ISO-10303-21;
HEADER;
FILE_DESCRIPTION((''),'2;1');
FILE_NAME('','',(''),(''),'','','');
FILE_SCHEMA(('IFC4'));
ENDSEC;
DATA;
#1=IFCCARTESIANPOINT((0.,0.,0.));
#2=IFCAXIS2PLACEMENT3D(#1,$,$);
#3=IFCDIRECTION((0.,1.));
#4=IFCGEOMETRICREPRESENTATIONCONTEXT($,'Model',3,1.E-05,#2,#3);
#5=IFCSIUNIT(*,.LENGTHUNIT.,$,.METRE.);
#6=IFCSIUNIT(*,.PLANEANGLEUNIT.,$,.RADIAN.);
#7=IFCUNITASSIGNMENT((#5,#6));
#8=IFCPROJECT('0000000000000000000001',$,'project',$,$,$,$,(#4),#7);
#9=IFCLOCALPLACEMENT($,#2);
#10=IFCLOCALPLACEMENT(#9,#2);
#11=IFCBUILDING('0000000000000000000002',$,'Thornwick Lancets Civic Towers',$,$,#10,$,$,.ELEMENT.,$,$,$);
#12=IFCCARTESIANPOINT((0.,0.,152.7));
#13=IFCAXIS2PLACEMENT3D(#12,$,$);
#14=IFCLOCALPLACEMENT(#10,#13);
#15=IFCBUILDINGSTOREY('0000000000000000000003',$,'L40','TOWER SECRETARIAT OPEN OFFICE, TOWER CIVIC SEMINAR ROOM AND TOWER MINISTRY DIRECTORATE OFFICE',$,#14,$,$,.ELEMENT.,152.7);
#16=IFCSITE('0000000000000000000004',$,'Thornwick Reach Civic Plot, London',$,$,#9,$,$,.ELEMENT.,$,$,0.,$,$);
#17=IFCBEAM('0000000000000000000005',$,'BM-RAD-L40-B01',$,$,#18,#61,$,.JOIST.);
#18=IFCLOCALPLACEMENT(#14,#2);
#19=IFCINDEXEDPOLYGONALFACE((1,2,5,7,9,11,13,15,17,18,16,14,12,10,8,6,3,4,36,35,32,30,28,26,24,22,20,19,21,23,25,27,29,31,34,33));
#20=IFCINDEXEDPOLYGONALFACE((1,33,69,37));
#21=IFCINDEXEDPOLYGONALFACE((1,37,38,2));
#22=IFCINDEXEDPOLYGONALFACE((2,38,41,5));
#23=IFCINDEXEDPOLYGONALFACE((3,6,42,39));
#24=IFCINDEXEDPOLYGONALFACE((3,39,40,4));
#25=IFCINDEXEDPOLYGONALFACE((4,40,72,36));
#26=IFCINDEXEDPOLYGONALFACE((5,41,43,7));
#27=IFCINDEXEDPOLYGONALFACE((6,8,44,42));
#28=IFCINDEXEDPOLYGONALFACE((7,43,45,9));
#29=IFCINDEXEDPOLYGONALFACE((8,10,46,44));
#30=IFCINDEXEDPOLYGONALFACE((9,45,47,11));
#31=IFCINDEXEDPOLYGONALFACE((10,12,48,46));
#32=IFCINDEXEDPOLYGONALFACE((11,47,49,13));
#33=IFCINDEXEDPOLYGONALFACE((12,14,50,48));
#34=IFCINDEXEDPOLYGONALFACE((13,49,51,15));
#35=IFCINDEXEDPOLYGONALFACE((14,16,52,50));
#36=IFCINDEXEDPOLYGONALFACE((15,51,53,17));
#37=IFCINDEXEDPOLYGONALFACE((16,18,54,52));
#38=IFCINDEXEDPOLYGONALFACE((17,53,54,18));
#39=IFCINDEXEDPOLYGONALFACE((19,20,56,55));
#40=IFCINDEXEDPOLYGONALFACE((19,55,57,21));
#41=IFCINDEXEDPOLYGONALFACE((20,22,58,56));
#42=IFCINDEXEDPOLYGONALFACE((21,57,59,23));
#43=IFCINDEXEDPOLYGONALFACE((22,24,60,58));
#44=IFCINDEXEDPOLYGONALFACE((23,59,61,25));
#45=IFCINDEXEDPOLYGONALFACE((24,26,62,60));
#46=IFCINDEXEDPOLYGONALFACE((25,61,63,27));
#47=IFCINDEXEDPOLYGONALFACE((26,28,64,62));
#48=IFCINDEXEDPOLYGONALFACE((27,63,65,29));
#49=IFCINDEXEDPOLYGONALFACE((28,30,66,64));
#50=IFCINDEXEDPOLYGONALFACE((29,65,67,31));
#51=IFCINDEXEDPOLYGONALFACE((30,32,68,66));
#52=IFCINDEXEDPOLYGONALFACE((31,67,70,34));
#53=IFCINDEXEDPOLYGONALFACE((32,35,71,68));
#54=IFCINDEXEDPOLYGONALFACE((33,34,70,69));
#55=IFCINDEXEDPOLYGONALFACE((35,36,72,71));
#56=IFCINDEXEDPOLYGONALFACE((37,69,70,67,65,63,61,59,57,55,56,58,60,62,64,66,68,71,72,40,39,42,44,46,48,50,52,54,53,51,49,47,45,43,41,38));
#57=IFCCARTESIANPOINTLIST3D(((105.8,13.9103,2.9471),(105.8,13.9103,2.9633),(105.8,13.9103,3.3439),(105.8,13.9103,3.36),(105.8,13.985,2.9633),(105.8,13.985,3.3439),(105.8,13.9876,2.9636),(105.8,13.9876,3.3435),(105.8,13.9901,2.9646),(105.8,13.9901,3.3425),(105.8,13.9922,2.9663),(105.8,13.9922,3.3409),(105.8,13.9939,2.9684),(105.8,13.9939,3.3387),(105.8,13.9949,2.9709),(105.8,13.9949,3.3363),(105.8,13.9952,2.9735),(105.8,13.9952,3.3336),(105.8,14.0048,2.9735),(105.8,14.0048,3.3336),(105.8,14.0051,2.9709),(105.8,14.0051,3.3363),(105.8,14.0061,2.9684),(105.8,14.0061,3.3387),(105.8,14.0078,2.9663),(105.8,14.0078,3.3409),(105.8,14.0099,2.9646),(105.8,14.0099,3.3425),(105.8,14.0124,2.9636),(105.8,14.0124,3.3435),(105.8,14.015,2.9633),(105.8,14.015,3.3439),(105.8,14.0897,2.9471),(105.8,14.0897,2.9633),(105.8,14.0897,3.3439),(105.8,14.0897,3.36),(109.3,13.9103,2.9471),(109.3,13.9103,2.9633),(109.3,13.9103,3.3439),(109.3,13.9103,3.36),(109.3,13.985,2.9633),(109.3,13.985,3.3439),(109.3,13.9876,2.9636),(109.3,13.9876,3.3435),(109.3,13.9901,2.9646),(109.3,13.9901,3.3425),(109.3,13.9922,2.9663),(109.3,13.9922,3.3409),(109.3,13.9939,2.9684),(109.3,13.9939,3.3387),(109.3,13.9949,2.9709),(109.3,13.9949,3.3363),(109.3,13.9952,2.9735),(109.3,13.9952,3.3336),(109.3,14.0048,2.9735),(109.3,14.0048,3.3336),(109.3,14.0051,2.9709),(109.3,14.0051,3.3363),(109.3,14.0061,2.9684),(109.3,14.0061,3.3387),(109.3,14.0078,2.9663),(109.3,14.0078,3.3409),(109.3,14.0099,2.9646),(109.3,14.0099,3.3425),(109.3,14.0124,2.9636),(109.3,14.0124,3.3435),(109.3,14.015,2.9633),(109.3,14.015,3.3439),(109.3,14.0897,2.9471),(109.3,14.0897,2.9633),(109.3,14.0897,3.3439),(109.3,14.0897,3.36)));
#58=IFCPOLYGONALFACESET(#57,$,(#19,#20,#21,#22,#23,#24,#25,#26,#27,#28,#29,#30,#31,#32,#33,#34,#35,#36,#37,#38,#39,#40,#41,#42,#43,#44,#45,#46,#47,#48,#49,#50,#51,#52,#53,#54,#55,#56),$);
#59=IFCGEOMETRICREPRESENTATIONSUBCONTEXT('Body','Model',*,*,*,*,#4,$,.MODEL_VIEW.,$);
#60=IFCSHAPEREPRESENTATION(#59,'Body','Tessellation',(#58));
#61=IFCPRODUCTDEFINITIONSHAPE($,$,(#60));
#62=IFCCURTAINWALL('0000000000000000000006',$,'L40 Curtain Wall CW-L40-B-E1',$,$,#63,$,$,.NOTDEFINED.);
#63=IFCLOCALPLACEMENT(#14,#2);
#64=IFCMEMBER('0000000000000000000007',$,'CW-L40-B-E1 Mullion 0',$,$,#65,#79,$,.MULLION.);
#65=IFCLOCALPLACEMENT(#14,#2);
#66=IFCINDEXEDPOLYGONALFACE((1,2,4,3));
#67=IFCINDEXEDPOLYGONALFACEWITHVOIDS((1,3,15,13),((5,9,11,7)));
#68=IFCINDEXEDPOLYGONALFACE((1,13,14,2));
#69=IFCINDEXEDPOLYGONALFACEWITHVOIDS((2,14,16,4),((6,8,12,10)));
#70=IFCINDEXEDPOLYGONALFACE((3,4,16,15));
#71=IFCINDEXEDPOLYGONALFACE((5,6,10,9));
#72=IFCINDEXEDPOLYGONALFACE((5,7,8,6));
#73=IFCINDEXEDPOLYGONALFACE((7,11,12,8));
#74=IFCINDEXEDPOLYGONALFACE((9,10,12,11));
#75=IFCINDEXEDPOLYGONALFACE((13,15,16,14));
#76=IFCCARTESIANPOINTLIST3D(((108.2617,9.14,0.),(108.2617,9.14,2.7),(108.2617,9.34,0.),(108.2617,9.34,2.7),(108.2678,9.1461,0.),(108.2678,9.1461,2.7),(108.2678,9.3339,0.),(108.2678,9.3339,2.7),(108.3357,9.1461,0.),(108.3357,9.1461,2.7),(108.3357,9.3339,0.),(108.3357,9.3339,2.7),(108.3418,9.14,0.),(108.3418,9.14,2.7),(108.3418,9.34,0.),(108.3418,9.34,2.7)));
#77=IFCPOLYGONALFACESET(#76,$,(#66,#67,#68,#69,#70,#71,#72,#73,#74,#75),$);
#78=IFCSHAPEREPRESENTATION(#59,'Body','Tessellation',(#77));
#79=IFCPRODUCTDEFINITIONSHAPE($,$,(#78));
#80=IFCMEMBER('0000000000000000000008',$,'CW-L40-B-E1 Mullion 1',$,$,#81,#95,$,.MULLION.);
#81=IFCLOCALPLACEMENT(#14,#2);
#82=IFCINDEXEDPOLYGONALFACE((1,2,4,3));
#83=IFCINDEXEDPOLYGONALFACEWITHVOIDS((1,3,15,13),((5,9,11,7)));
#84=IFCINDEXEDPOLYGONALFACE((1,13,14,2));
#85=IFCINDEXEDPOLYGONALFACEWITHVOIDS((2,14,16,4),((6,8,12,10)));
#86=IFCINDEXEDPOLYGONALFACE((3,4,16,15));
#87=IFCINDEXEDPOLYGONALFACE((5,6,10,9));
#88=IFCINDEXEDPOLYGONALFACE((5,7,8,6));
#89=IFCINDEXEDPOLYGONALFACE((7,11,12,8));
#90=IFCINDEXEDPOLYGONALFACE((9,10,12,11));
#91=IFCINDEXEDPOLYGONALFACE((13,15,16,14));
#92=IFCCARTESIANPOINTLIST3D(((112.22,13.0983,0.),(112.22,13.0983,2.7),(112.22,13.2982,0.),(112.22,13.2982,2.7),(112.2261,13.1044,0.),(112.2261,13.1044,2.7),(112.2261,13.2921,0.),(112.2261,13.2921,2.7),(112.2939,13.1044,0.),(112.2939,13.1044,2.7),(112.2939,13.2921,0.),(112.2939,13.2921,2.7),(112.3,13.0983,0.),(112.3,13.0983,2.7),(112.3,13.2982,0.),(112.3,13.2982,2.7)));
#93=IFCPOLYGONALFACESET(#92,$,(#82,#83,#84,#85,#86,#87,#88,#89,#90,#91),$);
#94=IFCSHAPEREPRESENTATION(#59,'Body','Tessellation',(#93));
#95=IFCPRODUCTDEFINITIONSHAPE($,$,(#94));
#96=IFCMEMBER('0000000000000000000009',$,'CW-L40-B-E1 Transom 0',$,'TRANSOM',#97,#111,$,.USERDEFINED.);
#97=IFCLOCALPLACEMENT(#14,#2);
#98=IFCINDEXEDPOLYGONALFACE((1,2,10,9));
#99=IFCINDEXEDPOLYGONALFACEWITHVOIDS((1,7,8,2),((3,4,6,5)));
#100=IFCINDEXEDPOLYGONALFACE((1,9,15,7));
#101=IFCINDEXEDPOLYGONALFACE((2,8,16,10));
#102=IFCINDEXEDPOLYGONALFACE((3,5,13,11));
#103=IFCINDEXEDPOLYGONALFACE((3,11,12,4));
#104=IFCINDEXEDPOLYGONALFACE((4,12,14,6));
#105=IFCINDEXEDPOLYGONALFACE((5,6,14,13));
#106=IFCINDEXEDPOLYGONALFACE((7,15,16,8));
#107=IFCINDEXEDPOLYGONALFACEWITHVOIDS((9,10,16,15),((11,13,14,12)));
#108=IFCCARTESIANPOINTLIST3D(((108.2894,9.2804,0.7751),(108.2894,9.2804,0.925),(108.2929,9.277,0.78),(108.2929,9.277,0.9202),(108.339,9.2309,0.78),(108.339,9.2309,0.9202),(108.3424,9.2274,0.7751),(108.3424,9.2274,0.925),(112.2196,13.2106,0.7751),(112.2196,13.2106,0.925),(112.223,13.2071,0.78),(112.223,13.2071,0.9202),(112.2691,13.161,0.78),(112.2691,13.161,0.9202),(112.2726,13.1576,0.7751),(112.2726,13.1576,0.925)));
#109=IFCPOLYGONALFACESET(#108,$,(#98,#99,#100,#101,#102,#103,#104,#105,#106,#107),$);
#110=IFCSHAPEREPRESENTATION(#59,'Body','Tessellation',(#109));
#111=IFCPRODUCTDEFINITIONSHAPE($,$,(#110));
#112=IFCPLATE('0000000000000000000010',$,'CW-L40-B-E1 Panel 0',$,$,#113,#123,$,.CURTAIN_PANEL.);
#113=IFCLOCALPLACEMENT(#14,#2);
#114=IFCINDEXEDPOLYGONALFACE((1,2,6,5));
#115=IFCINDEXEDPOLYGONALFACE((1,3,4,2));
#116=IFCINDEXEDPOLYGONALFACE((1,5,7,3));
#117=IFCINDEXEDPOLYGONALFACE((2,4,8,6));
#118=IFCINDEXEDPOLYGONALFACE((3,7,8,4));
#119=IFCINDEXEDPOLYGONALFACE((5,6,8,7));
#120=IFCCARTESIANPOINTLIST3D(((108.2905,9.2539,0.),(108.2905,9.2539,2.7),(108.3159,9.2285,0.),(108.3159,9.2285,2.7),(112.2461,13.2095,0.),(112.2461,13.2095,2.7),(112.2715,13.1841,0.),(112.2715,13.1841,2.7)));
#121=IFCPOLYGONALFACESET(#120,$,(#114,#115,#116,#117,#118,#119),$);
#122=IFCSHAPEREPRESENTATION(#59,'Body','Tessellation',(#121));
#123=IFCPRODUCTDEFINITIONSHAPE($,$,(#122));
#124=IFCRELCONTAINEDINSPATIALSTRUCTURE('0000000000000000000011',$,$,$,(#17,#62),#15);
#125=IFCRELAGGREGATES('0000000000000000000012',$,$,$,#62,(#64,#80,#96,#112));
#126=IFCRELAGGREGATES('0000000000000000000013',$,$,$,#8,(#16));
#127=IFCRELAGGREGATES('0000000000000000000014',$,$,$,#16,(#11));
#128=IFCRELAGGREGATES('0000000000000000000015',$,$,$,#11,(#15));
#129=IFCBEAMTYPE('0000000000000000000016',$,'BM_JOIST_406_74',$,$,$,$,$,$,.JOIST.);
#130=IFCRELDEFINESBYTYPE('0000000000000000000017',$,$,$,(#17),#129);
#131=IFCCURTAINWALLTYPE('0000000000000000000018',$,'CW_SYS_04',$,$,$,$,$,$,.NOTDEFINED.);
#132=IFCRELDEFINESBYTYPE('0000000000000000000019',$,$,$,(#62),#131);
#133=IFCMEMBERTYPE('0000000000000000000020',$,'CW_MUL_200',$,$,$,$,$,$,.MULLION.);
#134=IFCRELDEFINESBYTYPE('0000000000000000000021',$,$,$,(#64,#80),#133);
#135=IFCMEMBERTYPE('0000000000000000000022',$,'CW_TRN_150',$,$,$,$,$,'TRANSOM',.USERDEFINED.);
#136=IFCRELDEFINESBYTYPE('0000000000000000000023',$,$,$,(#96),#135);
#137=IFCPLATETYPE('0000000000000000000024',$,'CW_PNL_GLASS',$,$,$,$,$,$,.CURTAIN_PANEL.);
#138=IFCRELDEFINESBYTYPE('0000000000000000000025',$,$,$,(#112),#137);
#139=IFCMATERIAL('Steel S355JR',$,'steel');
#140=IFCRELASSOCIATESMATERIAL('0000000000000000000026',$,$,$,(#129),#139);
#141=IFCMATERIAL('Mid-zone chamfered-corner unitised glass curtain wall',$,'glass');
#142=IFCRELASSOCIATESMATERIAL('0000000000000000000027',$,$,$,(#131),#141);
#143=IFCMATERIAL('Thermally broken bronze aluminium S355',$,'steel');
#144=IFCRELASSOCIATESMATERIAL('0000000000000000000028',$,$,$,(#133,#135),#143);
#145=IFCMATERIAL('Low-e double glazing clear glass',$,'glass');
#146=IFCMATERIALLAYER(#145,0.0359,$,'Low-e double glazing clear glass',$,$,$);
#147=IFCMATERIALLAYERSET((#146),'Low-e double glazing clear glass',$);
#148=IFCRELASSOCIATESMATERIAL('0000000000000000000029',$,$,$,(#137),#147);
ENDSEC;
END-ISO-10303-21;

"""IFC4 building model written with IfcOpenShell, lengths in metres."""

from ifc_helpers import new_model, si_unit, direction, frame, origin, origin_2d, place, context, subcontext, project, spatial, rectangle, hollow_rectangle, i_section, extrude, material, layer, layer_set, material_profile, profile_set, type_object, element, aggregate, save


model = new_model("IFC4")

# Units and contexts
model_context = context("Model", 3, precision=1e-05, world=origin(), true_north=direction((0.0, 1.0)))
body_context = subcontext(model_context, "Body", "Model", "MODEL_VIEW")
ifc_project = project(units=[si_unit("LENGTHUNIT", "METRE"), si_unit("PLANEANGLEUNIT", "RADIAN")], contexts=[model_context])

# Site, building, storey
site_placement = place(None, origin())
site = spatial("IfcSite", under=ifc_project, at=site_placement, Name="Thornwick Reach Civic Plot, London", CompositionType="ELEMENT", RefElevation=0.0)
building_placement = place(site_placement, origin())
building = spatial("IfcBuilding", under=site, at=building_placement, Name="Thornwick Lancets Civic Towers", CompositionType="ELEMENT")
storey_placement = place(building_placement, frame((0.0, 0.0, 152.7)))
storey = spatial("IfcBuildingStorey", under=building, at=storey_placement, Name="L40", Description="TOWER SECRETARIAT OPEN OFFICE, TOWER CIVIC SEMINAR ROOM AND TOWER MINISTRY DIRECTORATE OFFICE", CompositionType="ELEMENT", Elevation=152.7)

# Beam
ifc_material_1 = material(Name="Steel S355JR", Category="steel")
ifc_material_profile_1 = material_profile(ifc_material_1, i_section(OverallWidth=0.1794, OverallDepth=0.4128, WebThickness=0.0095, FlangeThickness=0.0161, FilletRadius=0.0103, at=origin_2d()), Name="UKB 406x178x74")
ifc_profile_set_1 = profile_set([ifc_material_profile_1], Name="Steel S355JR")
beam_type_1 = type_object("IfcBeamType", Name="BM_JOIST_406_74", PredefinedType="JOIST", material=ifc_profile_set_1)
beam_placement = place(storey_placement, frame((105.8, 14.0, 3.1536), z_axis=(1.0, 0.0, 0.0), x_axis=(0.0, 1.0, 0.0)))
element("IfcBeam", 1, at=beam_placement, inside=storey, type_object=beam_type_1, Name="BM-RAD-L40-B01", PredefinedType="JOIST", context=body_context, shape_type="SweptSolid", body=[
    extrude(i_section(OverallWidth=0.1794, OverallDepth=0.4128, WebThickness=0.0095, FlangeThickness=0.0161, FilletRadius=0.0103, at=origin_2d()), origin(), (0.0, 0.0, 1.0), 3.5),
])

# Curtain wall, members, plate
ifc_material_2 = material(Name="Mid-zone chamfered-corner unitised glass curtain wall", Category="glass")
curtain_wall_type = type_object("IfcCurtainWallType", Name="CW_SYS_04", PredefinedType="NOTDEFINED", material=ifc_material_2)
curtain_wall_placement = place(storey_placement, origin())
curtain_wall = element("IfcCurtainWall", 2, at=curtain_wall_placement, inside=storey, type_object=curtain_wall_type, Name="L40 Curtain Wall CW-L40-B-E1", PredefinedType="NOTDEFINED")
ifc_material_3 = material(Name="Thermally broken bronze aluminium S355", Category="steel")
ifc_material_profile_2 = material_profile(ifc_material_3, hollow_rectangle(XDim=0.0801, YDim=0.2, WallThickness=0.0061, at=origin_2d()), Name="RHS 200x80x6")
ifc_profile_set_2 = profile_set([ifc_material_profile_2], Name="Thermally broken bronze aluminium S355")
member_type_1 = type_object("IfcMemberType", Name="CW_MUL_200", PredefinedType="MULLION", material=ifc_profile_set_2)
member_1_placement = place(storey_placement, frame((108.3018, 9.24, 0.0), z_axis=(0.0, 0.0, 1.0), x_axis=(1.0, 0.0, 0.0)))
member_1 = element("IfcMember", 3, at=member_1_placement, type_object=member_type_1, Name="CW-L40-B-E1 Mullion 0", PredefinedType="MULLION", context=body_context, shape_type="SweptSolid", body=[
    extrude(hollow_rectangle(XDim=0.0801, YDim=0.2, WallThickness=0.0061, at=origin_2d()), origin(), (0.0, 0.0, 1.0), 2.7),
])
member_2_placement = place(storey_placement, frame((112.26, 13.1982, 0.0), z_axis=(0.0, 0.0, 1.0), x_axis=(1.0, 0.0, 0.0)))
member_2 = element("IfcMember", 4, at=member_2_placement, type_object=member_type_1, Name="CW-L40-B-E1 Mullion 1", PredefinedType="MULLION", context=body_context, shape_type="SweptSolid", body=[
    extrude(hollow_rectangle(XDim=0.0801, YDim=0.2, WallThickness=0.0061, at=origin_2d()), origin(), (0.0, 0.0, 1.0), 2.7),
])
ifc_material_profile_3 = material_profile(ifc_material_3, hollow_rectangle(XDim=0.075, YDim=0.1499, WallThickness=0.0049, at=origin_2d()), Name="RHS 150x75x5")
ifc_profile_set_3 = profile_set([ifc_material_profile_3], Name="Thermally broken bronze aluminium S355")
member_type_2 = type_object("IfcMemberType", Name="CW_TRN_150", ElementType="TRANSOM", PredefinedType="USERDEFINED", material=ifc_profile_set_3)
member_3_placement = place(storey_placement, frame((108.3159, 9.2539, 0.8501), z_axis=(0.707107, 0.707107, 0.0), x_axis=(-0.707107, 0.707107, 0.0)))
member_3 = element("IfcMember", 5, at=member_3_placement, type_object=member_type_2, Name="CW-L40-B-E1 Transom 0", ObjectType="TRANSOM", PredefinedType="USERDEFINED", context=body_context, shape_type="SweptSolid", body=[
    extrude(hollow_rectangle(XDim=0.075, YDim=0.1499, WallThickness=0.0049, at=origin_2d()), origin(), (0.0, 0.0, 1.0), 5.5581),
])
ifc_material_4 = material(Name="Low-e double glazing clear glass", Category="glass")
ifc_layer_1 = layer(ifc_material_4, 0.0359, Name="Low-e double glazing clear glass")
ifc_layer_set_1 = layer_set([ifc_layer_1], Name="Low-e double glazing clear glass")
plate_type = type_object("IfcPlateType", Name="CW_PNL_GLASS", PredefinedType="CURTAIN_PANEL", material=ifc_layer_set_1)
plate_placement = place(storey_placement, frame((110.281, 11.219, 0.0), z_axis=(0.0, 0.0, 1.0), x_axis=(0.707107, 0.707107, 0.0)))
plate = element("IfcPlate", 6, at=plate_placement, type_object=plate_type, Name="CW-L40-B-E1 Panel 0", PredefinedType="CURTAIN_PANEL", context=body_context, shape_type="SweptSolid", body=[
    extrude(rectangle(XDim=5.594, YDim=0.0359, at=origin_2d()), origin(), (0.0, 0.0, 1.0), 2.7),
])
aggregate(curtain_wall, [member_1, member_2, member_3, plate])

save(model, "model.ifc")
